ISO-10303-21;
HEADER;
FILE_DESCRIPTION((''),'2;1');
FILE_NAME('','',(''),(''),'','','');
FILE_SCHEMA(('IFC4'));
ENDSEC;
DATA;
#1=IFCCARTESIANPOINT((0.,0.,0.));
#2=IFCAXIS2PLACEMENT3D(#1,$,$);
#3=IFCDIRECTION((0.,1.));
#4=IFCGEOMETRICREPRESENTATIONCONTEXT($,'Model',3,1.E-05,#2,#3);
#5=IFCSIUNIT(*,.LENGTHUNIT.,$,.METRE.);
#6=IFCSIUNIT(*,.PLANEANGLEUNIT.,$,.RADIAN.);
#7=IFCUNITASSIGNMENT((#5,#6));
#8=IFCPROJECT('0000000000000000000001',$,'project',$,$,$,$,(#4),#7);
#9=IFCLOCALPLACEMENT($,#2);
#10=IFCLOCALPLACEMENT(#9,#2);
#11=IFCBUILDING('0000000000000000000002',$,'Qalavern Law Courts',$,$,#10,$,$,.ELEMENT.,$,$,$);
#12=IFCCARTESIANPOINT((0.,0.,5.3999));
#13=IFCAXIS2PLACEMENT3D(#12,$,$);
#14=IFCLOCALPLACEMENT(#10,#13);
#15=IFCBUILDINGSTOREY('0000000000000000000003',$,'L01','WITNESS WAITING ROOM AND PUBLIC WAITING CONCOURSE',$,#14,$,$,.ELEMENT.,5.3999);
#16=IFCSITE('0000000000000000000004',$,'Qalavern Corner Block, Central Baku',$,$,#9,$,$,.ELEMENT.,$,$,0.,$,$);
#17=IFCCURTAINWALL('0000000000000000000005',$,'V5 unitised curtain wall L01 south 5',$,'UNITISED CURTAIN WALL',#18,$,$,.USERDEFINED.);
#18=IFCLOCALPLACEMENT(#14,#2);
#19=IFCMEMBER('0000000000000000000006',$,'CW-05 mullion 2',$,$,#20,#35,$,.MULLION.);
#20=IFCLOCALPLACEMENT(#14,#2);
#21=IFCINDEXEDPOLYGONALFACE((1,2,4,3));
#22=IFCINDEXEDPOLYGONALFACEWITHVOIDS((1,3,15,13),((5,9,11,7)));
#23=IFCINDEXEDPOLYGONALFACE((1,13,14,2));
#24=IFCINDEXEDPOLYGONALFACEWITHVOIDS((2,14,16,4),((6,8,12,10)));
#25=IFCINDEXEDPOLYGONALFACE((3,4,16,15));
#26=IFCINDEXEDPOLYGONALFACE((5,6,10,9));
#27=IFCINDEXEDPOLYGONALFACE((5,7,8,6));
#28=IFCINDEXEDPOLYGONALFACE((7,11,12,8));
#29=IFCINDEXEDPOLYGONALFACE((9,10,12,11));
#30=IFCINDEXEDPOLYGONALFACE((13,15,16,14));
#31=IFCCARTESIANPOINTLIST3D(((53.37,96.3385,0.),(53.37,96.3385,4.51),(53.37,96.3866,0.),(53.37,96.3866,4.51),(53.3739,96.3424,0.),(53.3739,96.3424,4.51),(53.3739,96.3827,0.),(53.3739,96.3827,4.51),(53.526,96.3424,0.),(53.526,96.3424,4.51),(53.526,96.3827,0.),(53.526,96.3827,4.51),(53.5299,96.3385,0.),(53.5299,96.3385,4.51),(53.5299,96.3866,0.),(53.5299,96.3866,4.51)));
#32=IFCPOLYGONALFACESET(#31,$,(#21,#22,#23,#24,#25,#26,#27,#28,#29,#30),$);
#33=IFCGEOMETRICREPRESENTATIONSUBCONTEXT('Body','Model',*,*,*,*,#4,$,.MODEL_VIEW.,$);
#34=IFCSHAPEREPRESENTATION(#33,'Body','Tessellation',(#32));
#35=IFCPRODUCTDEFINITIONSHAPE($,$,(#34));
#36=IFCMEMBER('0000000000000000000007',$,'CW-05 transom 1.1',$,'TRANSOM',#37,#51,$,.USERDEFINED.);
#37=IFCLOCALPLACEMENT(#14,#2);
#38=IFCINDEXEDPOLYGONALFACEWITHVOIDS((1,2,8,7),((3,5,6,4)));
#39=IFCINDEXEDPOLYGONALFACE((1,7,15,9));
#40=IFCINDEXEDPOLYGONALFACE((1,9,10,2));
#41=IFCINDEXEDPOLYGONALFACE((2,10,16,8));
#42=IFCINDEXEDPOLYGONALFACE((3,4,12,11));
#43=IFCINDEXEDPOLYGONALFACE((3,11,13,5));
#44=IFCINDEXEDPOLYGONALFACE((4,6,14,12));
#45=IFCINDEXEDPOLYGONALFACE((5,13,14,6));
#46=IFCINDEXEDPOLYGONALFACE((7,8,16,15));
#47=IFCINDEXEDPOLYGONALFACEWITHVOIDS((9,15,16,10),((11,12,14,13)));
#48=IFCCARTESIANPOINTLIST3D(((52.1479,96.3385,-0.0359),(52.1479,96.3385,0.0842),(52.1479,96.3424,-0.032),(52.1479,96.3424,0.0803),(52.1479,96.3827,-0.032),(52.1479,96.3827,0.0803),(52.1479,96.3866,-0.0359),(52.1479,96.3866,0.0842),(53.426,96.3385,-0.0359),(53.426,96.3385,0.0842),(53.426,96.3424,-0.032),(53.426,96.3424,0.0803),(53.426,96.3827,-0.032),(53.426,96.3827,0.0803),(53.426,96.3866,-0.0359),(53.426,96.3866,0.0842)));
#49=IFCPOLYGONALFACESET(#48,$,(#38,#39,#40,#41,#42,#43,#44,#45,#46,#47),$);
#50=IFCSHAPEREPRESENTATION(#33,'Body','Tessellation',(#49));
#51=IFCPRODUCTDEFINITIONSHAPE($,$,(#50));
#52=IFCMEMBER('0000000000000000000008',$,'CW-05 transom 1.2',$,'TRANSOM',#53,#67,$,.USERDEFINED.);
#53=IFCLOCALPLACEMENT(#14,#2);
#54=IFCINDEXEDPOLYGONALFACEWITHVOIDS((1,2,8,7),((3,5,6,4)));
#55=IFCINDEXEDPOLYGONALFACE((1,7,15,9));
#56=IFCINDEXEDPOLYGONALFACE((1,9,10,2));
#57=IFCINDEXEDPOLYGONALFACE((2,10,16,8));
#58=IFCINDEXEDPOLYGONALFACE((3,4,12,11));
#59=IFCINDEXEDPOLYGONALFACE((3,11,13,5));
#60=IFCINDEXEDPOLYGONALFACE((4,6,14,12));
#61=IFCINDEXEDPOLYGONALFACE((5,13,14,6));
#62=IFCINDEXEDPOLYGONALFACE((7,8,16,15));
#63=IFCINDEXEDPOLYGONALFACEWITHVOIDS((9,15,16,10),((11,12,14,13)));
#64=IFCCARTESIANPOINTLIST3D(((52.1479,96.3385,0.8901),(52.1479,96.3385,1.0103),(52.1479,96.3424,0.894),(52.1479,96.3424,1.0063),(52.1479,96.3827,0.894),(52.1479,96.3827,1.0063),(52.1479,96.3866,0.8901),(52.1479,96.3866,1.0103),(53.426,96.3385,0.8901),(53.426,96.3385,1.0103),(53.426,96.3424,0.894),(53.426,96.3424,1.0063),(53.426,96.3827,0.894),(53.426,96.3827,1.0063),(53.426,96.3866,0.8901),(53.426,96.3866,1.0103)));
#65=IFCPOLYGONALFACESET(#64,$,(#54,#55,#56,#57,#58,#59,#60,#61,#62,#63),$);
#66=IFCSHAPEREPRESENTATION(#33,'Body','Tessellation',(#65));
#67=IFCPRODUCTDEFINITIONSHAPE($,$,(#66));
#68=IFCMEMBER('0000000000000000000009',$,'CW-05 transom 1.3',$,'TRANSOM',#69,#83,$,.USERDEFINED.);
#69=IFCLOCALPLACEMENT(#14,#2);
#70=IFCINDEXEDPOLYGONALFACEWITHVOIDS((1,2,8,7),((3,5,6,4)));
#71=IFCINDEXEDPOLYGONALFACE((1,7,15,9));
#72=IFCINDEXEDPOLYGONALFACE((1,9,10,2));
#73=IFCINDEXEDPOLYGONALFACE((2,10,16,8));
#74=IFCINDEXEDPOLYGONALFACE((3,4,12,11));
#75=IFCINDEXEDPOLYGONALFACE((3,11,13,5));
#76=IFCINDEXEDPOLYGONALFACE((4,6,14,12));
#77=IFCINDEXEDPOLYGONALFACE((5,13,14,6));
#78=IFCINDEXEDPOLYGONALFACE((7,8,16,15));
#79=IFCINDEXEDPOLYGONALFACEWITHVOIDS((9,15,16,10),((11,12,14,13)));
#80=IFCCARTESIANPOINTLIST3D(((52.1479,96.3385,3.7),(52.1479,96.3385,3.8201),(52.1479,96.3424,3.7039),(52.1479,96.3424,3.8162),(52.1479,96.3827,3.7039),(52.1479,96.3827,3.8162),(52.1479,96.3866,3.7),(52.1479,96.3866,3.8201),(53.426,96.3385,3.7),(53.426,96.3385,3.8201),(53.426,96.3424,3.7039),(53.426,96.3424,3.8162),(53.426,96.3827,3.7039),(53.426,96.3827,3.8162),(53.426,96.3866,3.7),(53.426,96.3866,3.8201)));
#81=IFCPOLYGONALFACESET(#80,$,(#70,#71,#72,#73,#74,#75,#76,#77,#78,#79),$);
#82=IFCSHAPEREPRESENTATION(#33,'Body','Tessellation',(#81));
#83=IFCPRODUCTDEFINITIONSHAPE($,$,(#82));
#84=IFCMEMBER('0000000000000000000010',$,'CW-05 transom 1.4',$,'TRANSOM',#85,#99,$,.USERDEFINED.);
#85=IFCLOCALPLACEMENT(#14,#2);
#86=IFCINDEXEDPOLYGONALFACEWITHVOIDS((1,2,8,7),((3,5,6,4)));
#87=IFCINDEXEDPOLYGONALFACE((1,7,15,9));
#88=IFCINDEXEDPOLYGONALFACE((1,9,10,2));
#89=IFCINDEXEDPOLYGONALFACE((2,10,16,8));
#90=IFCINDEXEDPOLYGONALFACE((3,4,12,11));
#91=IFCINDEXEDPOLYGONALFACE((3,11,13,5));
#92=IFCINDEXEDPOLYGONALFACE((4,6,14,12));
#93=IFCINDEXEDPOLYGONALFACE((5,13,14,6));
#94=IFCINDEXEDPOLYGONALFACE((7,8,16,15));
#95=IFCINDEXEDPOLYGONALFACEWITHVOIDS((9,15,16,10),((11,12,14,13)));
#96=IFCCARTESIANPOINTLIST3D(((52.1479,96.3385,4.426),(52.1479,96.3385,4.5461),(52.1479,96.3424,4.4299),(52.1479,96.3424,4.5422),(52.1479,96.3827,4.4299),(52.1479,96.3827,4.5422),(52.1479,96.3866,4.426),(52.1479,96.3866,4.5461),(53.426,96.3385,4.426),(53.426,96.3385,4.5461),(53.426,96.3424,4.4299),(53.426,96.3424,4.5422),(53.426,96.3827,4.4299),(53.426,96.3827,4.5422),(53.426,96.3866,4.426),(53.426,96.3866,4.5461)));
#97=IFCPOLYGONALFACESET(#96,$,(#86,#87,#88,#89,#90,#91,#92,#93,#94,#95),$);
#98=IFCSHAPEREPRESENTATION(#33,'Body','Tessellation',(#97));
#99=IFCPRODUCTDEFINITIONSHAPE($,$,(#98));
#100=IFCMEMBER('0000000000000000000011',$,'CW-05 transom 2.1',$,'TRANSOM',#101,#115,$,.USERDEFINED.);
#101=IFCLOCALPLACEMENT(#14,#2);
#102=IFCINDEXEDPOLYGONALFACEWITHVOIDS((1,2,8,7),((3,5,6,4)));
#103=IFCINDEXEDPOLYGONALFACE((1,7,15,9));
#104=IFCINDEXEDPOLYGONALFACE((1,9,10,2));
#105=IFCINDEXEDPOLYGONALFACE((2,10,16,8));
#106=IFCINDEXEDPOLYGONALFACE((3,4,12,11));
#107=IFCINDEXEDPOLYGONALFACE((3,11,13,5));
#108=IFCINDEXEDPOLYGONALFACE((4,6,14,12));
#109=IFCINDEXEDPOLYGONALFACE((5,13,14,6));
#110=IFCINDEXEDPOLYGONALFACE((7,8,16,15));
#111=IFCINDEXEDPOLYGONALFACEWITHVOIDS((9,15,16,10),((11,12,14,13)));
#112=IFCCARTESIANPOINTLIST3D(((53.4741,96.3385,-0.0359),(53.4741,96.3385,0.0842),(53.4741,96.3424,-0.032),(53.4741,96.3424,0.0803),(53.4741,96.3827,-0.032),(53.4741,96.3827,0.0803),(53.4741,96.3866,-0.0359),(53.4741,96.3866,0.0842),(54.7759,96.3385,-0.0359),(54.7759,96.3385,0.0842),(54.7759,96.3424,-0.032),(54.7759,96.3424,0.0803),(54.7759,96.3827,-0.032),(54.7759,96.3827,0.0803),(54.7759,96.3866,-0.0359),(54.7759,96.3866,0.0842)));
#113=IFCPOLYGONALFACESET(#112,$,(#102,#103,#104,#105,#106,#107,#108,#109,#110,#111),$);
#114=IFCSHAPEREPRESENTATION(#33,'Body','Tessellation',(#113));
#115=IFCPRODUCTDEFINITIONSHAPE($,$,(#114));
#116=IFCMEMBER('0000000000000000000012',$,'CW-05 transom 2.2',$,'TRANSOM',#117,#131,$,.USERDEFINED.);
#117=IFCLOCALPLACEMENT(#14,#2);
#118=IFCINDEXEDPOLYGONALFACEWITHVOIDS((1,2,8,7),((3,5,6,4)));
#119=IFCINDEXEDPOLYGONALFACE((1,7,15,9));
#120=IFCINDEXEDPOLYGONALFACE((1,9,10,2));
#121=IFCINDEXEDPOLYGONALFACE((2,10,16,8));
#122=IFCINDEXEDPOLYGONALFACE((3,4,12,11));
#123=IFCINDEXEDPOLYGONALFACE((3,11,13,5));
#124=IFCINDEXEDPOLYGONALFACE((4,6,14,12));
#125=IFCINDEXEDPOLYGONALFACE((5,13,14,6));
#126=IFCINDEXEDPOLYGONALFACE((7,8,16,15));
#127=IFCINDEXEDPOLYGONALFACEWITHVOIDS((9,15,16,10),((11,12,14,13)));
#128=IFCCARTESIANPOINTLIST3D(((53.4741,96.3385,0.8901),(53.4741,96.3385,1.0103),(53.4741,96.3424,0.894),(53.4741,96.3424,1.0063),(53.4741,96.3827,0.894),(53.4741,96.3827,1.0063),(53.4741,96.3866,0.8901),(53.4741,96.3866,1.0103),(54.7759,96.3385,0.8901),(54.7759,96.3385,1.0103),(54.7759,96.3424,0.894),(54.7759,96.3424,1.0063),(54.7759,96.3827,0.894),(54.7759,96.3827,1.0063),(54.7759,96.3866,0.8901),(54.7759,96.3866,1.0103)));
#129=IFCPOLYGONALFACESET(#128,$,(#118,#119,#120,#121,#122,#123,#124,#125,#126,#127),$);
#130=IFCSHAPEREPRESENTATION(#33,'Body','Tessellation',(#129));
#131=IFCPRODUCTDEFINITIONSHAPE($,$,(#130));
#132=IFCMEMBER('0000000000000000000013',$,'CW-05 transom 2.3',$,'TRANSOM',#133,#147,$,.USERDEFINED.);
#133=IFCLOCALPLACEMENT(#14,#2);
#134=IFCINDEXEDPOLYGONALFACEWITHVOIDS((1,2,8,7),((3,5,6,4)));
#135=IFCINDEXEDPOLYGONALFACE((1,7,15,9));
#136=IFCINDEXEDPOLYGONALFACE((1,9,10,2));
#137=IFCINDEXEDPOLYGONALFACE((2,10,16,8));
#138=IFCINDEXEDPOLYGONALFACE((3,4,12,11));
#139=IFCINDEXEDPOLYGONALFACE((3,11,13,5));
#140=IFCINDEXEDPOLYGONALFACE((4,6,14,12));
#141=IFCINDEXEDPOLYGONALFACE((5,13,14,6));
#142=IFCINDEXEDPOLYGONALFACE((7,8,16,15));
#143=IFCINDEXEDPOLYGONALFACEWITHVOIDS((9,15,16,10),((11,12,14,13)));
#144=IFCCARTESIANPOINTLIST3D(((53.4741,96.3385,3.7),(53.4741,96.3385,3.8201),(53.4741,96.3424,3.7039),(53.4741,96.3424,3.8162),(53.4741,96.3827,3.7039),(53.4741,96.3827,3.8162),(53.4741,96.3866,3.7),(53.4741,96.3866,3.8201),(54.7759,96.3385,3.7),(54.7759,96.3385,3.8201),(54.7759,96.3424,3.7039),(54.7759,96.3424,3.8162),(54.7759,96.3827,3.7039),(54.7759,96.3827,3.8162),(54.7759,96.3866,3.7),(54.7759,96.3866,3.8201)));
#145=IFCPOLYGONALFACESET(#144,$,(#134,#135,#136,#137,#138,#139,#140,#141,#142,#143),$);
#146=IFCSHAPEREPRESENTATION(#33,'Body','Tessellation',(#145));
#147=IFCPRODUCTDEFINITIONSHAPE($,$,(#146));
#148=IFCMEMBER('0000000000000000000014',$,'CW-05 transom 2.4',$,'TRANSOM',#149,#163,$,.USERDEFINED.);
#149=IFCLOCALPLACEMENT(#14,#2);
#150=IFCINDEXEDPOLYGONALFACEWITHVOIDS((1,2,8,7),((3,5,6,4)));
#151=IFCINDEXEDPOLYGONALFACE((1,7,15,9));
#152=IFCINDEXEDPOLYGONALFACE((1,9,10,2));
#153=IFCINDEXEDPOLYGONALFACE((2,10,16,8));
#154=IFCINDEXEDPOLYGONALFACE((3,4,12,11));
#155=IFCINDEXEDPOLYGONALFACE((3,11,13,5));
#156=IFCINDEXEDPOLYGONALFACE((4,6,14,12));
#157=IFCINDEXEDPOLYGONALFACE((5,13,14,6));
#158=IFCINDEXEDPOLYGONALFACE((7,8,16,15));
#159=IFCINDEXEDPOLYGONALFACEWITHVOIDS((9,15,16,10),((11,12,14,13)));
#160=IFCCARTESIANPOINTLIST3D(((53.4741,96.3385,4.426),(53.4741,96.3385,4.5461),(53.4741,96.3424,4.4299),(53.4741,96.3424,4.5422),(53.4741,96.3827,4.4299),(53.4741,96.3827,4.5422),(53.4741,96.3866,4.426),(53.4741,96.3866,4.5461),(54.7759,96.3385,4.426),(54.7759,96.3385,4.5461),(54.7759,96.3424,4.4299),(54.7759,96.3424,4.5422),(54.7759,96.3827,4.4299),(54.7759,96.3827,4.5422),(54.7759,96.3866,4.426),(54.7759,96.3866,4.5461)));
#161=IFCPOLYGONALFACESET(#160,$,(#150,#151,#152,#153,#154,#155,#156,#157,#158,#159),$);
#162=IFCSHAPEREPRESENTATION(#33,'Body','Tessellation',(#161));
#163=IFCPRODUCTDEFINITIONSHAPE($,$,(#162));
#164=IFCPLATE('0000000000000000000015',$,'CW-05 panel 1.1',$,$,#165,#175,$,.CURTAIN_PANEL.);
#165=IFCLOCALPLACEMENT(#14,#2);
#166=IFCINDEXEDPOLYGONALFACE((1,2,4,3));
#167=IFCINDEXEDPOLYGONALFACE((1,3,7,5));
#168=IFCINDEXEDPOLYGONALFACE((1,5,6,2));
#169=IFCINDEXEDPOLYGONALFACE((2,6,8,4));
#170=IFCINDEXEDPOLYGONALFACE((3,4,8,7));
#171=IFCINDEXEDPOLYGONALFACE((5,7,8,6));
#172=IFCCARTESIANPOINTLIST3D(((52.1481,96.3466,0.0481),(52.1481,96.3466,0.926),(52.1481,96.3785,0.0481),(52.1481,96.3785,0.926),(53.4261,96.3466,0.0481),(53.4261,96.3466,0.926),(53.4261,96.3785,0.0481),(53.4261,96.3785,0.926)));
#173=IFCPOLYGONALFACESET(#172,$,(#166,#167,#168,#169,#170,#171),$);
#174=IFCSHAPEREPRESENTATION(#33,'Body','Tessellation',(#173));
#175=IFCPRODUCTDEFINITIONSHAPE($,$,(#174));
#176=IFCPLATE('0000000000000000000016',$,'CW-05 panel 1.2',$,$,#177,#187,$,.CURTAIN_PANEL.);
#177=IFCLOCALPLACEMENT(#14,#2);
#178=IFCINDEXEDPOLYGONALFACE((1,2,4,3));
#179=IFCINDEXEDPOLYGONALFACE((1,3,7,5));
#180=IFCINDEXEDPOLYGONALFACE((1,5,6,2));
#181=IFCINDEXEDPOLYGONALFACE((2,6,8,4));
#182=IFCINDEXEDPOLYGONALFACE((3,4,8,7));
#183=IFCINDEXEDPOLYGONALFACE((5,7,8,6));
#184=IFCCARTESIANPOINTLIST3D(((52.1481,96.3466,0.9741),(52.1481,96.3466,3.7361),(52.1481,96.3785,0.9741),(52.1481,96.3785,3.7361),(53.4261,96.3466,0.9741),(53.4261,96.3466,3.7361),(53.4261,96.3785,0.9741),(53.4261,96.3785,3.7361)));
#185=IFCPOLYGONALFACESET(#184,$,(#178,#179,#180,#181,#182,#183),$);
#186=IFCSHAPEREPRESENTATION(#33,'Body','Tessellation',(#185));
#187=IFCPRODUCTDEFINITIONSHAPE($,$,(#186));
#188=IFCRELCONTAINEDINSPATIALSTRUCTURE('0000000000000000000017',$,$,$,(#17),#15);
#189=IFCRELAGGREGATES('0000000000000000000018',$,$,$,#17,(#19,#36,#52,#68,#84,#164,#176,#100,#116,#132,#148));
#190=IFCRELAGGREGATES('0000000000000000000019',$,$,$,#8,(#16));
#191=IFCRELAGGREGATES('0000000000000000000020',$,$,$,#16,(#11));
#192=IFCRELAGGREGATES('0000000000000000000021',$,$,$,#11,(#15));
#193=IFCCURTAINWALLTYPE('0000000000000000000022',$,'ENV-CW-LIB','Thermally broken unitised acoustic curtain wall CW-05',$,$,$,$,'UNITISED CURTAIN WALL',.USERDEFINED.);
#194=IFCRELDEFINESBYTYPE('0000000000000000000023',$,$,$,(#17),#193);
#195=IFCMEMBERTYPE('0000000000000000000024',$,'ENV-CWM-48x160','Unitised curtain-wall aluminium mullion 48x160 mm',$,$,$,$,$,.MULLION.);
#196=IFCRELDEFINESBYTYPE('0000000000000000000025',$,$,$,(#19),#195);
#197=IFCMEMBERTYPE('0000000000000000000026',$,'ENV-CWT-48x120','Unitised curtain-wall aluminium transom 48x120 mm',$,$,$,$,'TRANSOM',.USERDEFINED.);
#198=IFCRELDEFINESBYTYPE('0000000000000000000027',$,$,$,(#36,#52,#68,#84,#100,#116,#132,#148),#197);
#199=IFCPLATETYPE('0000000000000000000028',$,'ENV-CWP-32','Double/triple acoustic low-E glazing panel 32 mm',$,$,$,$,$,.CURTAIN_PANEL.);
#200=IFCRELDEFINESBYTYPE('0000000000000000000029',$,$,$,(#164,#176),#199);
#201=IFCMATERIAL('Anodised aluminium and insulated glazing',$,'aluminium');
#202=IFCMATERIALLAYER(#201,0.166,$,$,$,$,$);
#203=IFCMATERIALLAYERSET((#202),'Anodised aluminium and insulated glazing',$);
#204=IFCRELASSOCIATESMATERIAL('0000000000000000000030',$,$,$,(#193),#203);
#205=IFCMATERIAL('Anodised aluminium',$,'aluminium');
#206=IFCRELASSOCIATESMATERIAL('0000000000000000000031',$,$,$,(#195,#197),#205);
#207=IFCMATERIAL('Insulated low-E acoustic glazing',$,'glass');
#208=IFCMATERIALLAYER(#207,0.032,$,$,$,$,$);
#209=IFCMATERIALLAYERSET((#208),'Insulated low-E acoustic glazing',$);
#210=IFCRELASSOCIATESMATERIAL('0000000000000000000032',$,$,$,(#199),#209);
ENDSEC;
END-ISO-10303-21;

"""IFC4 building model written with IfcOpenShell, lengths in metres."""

from ifc_helpers import new_model, si_unit, direction, frame, origin, origin_2d, place, context, subcontext, project, spatial, rectangle, hollow_rectangle, extrude, material, layer, layer_set, material_profile, profile_set, type_object, element, aggregate, save


model = new_model("IFC4")

# Units and contexts
model_context = context("Model", 3, precision=1e-05, world=origin(), true_north=direction((0.0, 1.0)))
body_context = subcontext(model_context, "Body", "Model", "MODEL_VIEW")
ifc_project = project(units=[si_unit("LENGTHUNIT", "METRE"), si_unit("PLANEANGLEUNIT", "RADIAN")], contexts=[model_context])

# Site, building, storey
site_placement = place(None, origin())
site = spatial("IfcSite", under=ifc_project, at=site_placement, Name="Qalavern Corner Block, Central Baku", CompositionType="ELEMENT", RefElevation=0.0)
building_placement = place(site_placement, origin())
building = spatial("IfcBuilding", under=site, at=building_placement, Name="Qalavern Law Courts", CompositionType="ELEMENT")
storey_placement = place(building_placement, frame((0.0, 0.0, 5.3999)))
storey = spatial("IfcBuildingStorey", under=building, at=storey_placement, Name="L01", Description="WITNESS WAITING ROOM AND PUBLIC WAITING CONCOURSE", CompositionType="ELEMENT", Elevation=5.3999)

# Curtain wall, members, plates
ifc_material_1 = material(Name="Anodised aluminium and insulated glazing", Category="aluminium")
ifc_layer_1 = layer(ifc_material_1, 0.166)
ifc_layer_set_1 = layer_set([ifc_layer_1], Name="Anodised aluminium and insulated glazing")
curtain_wall_type = type_object("IfcCurtainWallType", Name="ENV-CW-LIB", Description="Thermally broken unitised acoustic curtain wall CW-05", ElementType="UNITISED CURTAIN WALL", PredefinedType="USERDEFINED", material=ifc_layer_set_1)
curtain_wall_placement = place(storey_placement, origin())
curtain_wall = element("IfcCurtainWall", 1, at=curtain_wall_placement, inside=storey, type_object=curtain_wall_type, Name="V5 unitised curtain wall L01 south 5", ObjectType="UNITISED CURTAIN WALL", PredefinedType="USERDEFINED")
ifc_material_2 = material(Name="Anodised aluminium", Category="aluminium")
ifc_material_profile_1 = material_profile(ifc_material_2, hollow_rectangle(XDim=0.0481, YDim=0.1599, WallThickness=0.0039, at=origin_2d()), Name="ALU MULLION 48x160")
ifc_profile_set_1 = profile_set([ifc_material_profile_1], Name="Anodised aluminium")
member_type_1 = type_object("IfcMemberType", Name="ENV-CWM-48x160", Description="Unitised curtain-wall aluminium mullion 48x160 mm", PredefinedType="MULLION", material=ifc_profile_set_1)
member_1_placement = place(storey_placement, frame((53.45, 96.3625, 0.0), z_axis=(0.0, 0.0, 1.0), x_axis=(0.0, 1.0, 0.0)))
member_1 = element("IfcMember", 2, at=member_1_placement, type_object=member_type_1, Name="CW-05 mullion 2", PredefinedType="MULLION", context=body_context, shape_type="SweptSolid", body=[
    extrude(hollow_rectangle(XDim=0.0481, YDim=0.1599, WallThickness=0.0039, at=origin_2d()), origin(), (0.0, 0.0, 1.0), 4.51),
])
ifc_material_profile_2 = material_profile(ifc_material_2, hollow_rectangle(XDim=0.0481, YDim=0.1201, WallThickness=0.0039, at=origin_2d()), Name="ALU TRANSOM 48x120")
ifc_profile_set_2 = profile_set([ifc_material_profile_2], Name="Anodised aluminium")
member_type_2 = type_object("IfcMemberType", Name="ENV-CWT-48x120", Description="Unitised curtain-wall aluminium transom 48x120 mm", ElementType="TRANSOM", PredefinedType="USERDEFINED", material=ifc_profile_set_2)
member_2_placement = place(storey_placement, frame((52.1479, 96.3625, 0.0242), z_axis=(1.0, 0.0, 0.0), x_axis=(0.0, 1.0, 0.0)))
member_2 = element("IfcMember", 3, at=member_2_placement, type_object=member_type_2, Name="CW-05 transom 1.1", ObjectType="TRANSOM", PredefinedType="USERDEFINED", context=body_context, shape_type="SweptSolid", body=[
    extrude(hollow_rectangle(XDim=0.0481, YDim=0.1201, WallThickness=0.0039, at=origin_2d()), origin(), (0.0, 0.0, 1.0), 1.2781),
])
member_3_placement = place(storey_placement, frame((52.1479, 96.3625, 0.9502), z_axis=(1.0, 0.0, 0.0), x_axis=(0.0, 1.0, 0.0)))
member_3 = element("IfcMember", 4, at=member_3_placement, type_object=member_type_2, Name="CW-05 transom 1.2", ObjectType="TRANSOM", PredefinedType="USERDEFINED", context=body_context, shape_type="SweptSolid", body=[
    extrude(hollow_rectangle(XDim=0.0481, YDim=0.1201, WallThickness=0.0039, at=origin_2d()), origin(), (0.0, 0.0, 1.0), 1.2781),
])
member_4_placement = place(storey_placement, frame((52.1479, 96.3625, 3.76), z_axis=(1.0, 0.0, 0.0), x_axis=(0.0, 1.0, 0.0)))
member_4 = element("IfcMember", 5, at=member_4_placement, type_object=member_type_2, Name="CW-05 transom 1.3", ObjectType="TRANSOM", PredefinedType="USERDEFINED", context=body_context, shape_type="SweptSolid", body=[
    extrude(hollow_rectangle(XDim=0.0481, YDim=0.1201, WallThickness=0.0039, at=origin_2d()), origin(), (0.0, 0.0, 1.0), 1.2781),
])
member_5_placement = place(storey_placement, frame((52.1479, 96.3625, 4.4861), z_axis=(1.0, 0.0, 0.0), x_axis=(0.0, 1.0, 0.0)))
member_5 = element("IfcMember", 6, at=member_5_placement, type_object=member_type_2, Name="CW-05 transom 1.4", ObjectType="TRANSOM", PredefinedType="USERDEFINED", context=body_context, shape_type="SweptSolid", body=[
    extrude(hollow_rectangle(XDim=0.0481, YDim=0.1201, WallThickness=0.0039, at=origin_2d()), origin(), (0.0, 0.0, 1.0), 1.2781),
])
member_6_placement = place(storey_placement, frame((53.4741, 96.3625, 0.0242), z_axis=(1.0, 0.0, 0.0), x_axis=(0.0, 1.0, 0.0)))
member_6 = element("IfcMember", 7, at=member_6_placement, type_object=member_type_2, Name="CW-05 transom 2.1", ObjectType="TRANSOM", PredefinedType="USERDEFINED", context=body_context, shape_type="SweptSolid", body=[
    extrude(hollow_rectangle(XDim=0.0481, YDim=0.1201, WallThickness=0.0039, at=origin_2d()), origin(), (0.0, 0.0, 1.0), 1.3018),
])
member_7_placement = place(storey_placement, frame((53.4741, 96.3625, 0.9502), z_axis=(1.0, 0.0, 0.0), x_axis=(0.0, 1.0, 0.0)))
member_7 = element("IfcMember", 8, at=member_7_placement, type_object=member_type_2, Name="CW-05 transom 2.2", ObjectType="TRANSOM", PredefinedType="USERDEFINED", context=body_context, shape_type="SweptSolid", body=[
    extrude(hollow_rectangle(XDim=0.0481, YDim=0.1201, WallThickness=0.0039, at=origin_2d()), origin(), (0.0, 0.0, 1.0), 1.3018),
])
member_8_placement = place(storey_placement, frame((53.4741, 96.3625, 3.76), z_axis=(1.0, 0.0, 0.0), x_axis=(0.0, 1.0, 0.0)))
member_8 = element("IfcMember", 9, at=member_8_placement, type_object=member_type_2, Name="CW-05 transom 2.3", ObjectType="TRANSOM", PredefinedType="USERDEFINED", context=body_context, shape_type="SweptSolid", body=[
    extrude(hollow_rectangle(XDim=0.0481, YDim=0.1201, WallThickness=0.0039, at=origin_2d()), origin(), (0.0, 0.0, 1.0), 1.3018),
])
member_9_placement = place(storey_placement, frame((53.4741, 96.3625, 4.4861), z_axis=(1.0, 0.0, 0.0), x_axis=(0.0, 1.0, 0.0)))
member_9 = element("IfcMember", 10, at=member_9_placement, type_object=member_type_2, Name="CW-05 transom 2.4", ObjectType="TRANSOM", PredefinedType="USERDEFINED", context=body_context, shape_type="SweptSolid", body=[
    extrude(hollow_rectangle(XDim=0.0481, YDim=0.1201, WallThickness=0.0039, at=origin_2d()), origin(), (0.0, 0.0, 1.0), 1.3018),
])
ifc_material_3 = material(Name="Insulated low-E acoustic glazing", Category="glass")
ifc_layer_2 = layer(ifc_material_3, 0.032)
ifc_layer_set_2 = layer_set([ifc_layer_2], Name="Insulated low-E acoustic glazing")
plate_type = type_object("IfcPlateType", Name="ENV-CWP-32", Description="Double/triple acoustic low-E glazing panel 32 mm", PredefinedType="CURTAIN_PANEL", material=ifc_layer_set_2)
plate_1_placement = place(storey_placement, frame((52.7871, 96.3625, 0.0481), z_axis=(0.0, 0.0, 1.0), x_axis=(1.0, 0.0, 0.0)))
plate_1 = element("IfcPlate", 11, at=plate_1_placement, type_object=plate_type, Name="CW-05 panel 1.1", PredefinedType="CURTAIN_PANEL", context=body_context, shape_type="SweptSolid", body=[
    extrude(rectangle(XDim=1.2781, YDim=0.032, at=origin_2d()), origin(), (0.0, 0.0, 1.0), 0.8779),
])
plate_2_placement = place(storey_placement, frame((52.7871, 96.3625, 0.9741), z_axis=(0.0, 0.0, 1.0), x_axis=(1.0, 0.0, 0.0)))
plate_2 = element("IfcPlate", 12, at=plate_2_placement, type_object=plate_type, Name="CW-05 panel 1.2", PredefinedType="CURTAIN_PANEL", context=body_context, shape_type="SweptSolid", body=[
    extrude(rectangle(XDim=1.2781, YDim=0.032, at=origin_2d()), origin(), (0.0, 0.0, 1.0), 2.762),
])
aggregate(curtain_wall, [member_1, member_2, member_3, member_4, member_5, plate_1, plate_2, member_6, member_7, member_8, member_9])

save(model, "model.ifc")
